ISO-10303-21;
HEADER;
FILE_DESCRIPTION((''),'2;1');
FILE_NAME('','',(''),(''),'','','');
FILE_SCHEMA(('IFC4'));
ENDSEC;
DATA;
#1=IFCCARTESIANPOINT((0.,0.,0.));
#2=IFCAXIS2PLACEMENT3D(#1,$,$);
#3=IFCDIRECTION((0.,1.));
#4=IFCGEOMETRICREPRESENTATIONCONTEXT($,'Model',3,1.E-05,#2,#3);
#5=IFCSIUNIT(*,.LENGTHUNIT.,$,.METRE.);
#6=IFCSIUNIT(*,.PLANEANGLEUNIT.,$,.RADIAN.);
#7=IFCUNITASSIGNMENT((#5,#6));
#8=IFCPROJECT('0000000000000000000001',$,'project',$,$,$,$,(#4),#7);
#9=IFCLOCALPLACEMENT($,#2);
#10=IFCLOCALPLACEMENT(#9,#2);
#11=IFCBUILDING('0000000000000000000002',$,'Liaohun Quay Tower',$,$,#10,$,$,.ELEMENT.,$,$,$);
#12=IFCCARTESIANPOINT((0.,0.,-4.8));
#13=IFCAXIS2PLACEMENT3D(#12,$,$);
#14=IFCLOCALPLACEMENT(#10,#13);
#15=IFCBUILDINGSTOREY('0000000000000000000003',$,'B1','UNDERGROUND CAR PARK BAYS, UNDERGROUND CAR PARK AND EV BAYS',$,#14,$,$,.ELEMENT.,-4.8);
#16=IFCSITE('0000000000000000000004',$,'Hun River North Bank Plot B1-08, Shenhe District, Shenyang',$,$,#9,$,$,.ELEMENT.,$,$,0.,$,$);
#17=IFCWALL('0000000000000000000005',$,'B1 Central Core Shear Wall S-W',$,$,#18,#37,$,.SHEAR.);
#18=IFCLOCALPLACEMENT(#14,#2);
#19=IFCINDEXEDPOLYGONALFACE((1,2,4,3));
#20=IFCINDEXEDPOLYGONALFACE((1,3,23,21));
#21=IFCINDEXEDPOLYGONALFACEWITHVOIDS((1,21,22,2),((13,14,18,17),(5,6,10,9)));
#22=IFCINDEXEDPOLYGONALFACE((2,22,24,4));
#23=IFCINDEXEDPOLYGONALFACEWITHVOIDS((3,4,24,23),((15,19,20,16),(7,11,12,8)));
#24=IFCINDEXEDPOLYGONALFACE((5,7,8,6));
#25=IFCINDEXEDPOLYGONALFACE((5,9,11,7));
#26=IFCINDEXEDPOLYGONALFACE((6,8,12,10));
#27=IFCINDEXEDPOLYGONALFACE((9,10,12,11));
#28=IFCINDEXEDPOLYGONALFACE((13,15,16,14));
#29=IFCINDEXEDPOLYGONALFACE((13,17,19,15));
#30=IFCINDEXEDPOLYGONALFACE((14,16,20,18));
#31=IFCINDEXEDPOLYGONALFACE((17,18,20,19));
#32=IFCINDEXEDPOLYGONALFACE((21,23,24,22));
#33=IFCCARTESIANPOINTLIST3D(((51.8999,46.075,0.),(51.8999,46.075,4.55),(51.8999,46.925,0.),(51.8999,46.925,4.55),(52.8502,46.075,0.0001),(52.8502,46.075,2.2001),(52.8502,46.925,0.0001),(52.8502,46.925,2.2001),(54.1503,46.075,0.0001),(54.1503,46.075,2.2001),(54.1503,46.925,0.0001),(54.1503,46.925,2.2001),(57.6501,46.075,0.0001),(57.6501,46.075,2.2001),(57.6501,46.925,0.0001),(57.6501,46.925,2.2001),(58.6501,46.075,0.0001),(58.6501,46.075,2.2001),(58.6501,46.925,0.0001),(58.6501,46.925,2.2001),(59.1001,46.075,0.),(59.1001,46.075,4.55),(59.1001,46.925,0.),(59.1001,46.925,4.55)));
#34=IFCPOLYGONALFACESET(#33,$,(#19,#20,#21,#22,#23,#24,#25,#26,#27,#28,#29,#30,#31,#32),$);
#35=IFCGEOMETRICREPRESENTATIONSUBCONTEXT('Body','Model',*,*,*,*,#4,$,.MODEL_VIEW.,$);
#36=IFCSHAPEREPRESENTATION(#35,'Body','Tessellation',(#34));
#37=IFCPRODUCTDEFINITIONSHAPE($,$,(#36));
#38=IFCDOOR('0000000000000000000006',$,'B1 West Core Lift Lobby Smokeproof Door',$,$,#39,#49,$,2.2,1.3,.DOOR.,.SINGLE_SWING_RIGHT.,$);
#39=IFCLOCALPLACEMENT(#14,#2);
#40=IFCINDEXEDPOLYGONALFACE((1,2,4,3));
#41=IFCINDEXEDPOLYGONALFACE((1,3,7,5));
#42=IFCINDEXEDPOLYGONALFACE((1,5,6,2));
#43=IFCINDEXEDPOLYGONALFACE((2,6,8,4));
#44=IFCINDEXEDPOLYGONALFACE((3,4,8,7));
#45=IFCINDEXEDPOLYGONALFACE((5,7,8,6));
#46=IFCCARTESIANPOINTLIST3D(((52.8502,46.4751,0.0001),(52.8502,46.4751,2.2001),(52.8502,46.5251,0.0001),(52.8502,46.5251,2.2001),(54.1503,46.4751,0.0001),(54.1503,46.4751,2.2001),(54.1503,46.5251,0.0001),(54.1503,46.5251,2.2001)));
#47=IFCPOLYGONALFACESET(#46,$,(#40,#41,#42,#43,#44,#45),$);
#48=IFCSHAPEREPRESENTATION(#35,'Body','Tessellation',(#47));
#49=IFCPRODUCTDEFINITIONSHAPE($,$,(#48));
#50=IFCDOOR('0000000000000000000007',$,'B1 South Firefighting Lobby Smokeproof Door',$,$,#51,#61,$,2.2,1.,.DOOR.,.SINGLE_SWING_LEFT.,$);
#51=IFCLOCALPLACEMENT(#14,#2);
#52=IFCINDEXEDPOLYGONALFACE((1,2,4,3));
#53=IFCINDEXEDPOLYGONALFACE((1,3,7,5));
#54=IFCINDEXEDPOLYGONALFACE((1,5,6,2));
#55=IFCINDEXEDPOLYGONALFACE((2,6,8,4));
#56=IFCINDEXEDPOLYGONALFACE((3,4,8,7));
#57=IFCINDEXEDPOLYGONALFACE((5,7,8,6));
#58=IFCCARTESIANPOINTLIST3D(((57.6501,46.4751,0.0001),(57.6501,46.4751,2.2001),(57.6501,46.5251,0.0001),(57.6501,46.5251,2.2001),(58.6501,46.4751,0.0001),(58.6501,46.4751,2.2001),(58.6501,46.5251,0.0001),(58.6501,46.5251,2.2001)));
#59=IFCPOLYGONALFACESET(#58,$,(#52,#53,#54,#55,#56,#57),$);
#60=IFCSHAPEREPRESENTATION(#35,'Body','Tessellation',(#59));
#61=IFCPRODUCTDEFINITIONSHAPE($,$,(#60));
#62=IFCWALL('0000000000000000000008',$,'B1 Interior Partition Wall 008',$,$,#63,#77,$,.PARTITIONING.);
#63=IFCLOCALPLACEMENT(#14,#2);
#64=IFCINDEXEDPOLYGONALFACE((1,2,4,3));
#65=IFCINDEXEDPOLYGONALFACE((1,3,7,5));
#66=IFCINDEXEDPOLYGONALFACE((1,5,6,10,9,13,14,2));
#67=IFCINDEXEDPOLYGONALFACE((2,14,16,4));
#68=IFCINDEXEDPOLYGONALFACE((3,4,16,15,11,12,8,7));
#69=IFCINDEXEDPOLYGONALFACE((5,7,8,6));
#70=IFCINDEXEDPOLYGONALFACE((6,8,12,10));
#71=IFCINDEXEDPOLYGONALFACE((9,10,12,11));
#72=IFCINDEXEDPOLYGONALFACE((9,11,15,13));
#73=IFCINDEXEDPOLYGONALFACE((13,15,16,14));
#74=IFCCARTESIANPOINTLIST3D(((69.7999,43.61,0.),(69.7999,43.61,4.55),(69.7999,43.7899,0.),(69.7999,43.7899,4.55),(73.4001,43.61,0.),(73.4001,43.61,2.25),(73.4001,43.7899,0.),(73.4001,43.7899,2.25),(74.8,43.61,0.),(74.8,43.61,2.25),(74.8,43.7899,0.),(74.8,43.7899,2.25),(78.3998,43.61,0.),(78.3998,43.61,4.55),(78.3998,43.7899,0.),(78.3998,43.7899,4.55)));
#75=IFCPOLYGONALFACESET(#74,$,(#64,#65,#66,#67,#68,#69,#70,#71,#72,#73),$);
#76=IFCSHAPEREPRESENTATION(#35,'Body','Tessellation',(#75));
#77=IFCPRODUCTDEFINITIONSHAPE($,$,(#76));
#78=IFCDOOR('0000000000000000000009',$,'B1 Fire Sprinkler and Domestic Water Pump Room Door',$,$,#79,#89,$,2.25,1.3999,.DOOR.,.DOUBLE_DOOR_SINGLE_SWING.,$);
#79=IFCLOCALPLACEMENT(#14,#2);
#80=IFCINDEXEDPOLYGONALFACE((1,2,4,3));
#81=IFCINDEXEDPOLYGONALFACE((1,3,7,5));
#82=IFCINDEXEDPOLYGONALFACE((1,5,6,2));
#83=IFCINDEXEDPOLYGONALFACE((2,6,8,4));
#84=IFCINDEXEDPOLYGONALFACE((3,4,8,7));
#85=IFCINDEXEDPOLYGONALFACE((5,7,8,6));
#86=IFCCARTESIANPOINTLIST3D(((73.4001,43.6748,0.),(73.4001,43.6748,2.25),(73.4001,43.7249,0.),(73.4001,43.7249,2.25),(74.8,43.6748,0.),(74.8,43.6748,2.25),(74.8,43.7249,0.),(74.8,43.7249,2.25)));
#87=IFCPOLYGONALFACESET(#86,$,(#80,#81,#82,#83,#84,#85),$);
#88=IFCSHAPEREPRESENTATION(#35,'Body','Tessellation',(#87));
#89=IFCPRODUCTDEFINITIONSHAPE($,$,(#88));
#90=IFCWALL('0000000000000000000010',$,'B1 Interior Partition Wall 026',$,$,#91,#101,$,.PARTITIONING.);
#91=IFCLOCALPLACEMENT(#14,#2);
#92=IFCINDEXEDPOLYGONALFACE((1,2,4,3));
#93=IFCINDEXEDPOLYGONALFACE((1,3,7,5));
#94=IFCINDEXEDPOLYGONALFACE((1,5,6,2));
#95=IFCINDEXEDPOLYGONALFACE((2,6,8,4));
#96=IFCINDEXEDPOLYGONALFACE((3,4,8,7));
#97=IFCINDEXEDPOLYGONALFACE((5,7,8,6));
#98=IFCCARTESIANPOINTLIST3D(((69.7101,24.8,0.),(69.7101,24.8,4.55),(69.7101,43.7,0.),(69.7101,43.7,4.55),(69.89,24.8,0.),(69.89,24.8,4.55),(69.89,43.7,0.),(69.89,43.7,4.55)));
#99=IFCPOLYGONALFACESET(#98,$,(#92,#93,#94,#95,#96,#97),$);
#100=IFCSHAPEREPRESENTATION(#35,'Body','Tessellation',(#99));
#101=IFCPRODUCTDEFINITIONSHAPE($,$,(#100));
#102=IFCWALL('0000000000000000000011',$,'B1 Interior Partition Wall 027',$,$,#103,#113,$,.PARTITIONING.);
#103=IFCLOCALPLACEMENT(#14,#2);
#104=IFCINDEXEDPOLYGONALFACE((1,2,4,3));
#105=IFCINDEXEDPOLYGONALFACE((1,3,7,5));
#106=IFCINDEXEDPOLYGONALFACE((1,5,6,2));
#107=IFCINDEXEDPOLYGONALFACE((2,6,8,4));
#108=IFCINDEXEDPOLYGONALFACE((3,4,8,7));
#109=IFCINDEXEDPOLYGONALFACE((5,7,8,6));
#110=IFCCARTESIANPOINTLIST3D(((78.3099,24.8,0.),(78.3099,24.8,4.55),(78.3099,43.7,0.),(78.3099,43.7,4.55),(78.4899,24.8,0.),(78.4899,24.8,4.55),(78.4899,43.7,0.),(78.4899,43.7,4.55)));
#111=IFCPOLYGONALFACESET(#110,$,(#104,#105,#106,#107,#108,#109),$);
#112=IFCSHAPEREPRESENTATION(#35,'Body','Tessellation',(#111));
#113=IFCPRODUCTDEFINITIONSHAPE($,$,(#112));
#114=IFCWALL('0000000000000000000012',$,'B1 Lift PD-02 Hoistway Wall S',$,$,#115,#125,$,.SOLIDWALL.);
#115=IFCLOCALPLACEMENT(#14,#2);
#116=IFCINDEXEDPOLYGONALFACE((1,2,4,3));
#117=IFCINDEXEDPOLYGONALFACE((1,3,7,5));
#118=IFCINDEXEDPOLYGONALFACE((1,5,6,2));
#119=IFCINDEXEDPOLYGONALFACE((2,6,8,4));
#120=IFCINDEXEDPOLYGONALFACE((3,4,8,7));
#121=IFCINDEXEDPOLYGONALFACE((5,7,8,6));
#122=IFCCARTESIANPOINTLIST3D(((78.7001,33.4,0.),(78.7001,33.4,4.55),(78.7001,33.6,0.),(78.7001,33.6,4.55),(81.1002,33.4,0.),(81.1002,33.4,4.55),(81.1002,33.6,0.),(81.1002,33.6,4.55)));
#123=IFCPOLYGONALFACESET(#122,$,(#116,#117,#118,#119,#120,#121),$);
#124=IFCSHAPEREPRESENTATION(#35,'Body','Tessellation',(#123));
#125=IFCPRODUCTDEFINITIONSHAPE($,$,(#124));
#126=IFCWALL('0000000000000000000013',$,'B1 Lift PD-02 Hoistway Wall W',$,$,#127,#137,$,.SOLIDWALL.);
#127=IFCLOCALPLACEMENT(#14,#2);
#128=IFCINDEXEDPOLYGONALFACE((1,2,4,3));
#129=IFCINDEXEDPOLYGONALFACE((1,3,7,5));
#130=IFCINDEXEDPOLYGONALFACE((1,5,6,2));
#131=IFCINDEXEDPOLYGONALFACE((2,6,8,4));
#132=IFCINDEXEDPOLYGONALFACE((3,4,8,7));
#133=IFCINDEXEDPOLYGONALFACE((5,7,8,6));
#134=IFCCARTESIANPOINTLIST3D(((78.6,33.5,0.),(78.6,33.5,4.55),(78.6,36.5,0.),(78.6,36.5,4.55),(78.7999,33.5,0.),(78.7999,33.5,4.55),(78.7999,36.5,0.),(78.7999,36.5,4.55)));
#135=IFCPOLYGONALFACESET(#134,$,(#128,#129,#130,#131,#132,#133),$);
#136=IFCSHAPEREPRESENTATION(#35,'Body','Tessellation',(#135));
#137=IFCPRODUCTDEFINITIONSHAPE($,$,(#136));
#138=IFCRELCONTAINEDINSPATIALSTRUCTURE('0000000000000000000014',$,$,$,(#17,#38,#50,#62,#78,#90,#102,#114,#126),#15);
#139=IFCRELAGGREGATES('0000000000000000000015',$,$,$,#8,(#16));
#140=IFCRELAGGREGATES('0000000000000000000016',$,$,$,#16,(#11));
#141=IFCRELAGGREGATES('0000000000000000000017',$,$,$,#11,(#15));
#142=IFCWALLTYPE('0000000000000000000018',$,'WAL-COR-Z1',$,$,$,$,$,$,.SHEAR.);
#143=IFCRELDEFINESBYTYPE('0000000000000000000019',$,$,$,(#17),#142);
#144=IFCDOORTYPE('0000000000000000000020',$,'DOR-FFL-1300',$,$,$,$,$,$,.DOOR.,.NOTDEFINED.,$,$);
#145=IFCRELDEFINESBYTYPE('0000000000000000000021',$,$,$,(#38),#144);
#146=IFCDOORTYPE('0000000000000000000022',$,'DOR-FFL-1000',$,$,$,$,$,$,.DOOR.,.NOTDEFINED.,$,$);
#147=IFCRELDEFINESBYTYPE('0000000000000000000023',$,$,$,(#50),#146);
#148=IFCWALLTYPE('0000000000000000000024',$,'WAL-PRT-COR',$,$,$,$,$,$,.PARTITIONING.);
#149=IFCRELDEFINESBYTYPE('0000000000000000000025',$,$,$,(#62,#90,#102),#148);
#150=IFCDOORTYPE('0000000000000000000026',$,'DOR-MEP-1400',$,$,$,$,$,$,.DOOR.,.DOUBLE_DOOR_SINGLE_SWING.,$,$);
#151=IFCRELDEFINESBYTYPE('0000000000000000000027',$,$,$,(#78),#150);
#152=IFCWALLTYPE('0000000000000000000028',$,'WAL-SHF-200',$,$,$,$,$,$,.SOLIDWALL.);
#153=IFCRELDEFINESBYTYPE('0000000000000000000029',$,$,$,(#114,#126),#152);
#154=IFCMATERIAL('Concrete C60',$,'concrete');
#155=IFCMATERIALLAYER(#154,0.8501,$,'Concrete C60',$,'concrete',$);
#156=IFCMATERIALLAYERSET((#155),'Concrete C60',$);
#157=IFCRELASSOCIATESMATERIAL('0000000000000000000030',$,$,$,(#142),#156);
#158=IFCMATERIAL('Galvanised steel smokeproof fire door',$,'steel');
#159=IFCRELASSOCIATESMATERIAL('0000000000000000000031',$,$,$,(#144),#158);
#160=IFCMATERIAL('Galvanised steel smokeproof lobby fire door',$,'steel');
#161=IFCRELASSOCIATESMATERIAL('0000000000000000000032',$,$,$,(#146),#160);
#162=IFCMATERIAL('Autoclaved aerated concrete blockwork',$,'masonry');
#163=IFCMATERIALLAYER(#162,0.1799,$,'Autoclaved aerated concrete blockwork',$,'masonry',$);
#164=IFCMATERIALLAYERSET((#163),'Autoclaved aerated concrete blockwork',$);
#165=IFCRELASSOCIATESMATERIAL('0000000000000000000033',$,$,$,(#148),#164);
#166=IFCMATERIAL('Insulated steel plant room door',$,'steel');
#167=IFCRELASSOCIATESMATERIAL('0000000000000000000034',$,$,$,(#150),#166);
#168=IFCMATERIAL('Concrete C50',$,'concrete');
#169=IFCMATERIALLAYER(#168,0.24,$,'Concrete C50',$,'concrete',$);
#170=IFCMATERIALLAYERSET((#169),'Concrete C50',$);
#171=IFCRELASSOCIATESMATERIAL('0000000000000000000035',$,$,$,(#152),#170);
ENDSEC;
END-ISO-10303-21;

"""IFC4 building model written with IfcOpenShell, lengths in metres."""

from ifc_helpers import new_model, si_unit, direction, frame, frame_2d, origin, place, context, subcontext, project, spatial, rectangle, extrude, source, transform, mapped, material, layer, layer_set, type_object, element, fill, save


model = new_model("IFC4")

# Units and contexts
model_context = context("Model", 3, precision=1e-05, world=origin(), true_north=direction((0.0, 1.0)))
body_context = subcontext(model_context, "Body", "Model", "MODEL_VIEW")
ifc_project = project(units=[si_unit("LENGTHUNIT", "METRE"), si_unit("PLANEANGLEUNIT", "RADIAN")], contexts=[model_context])

# Site, building, storey
site_placement = place(None, origin())
site = spatial("IfcSite", under=ifc_project, at=site_placement, Name="Hun River North Bank Plot B1-08, Shenhe District, Shenyang", CompositionType="ELEMENT", RefElevation=0.0)
building_placement = place(site_placement, origin())
building = spatial("IfcBuilding", under=site, at=building_placement, Name="Liaohun Quay Tower", CompositionType="ELEMENT")
storey_placement = place(building_placement, frame((0.0, 0.0, -4.8)))
storey = spatial("IfcBuildingStorey", under=building, at=storey_placement, Name="B1", Description="UNDERGROUND CAR PARK BAYS, UNDERGROUND CAR PARK AND EV BAYS", CompositionType="ELEMENT", Elevation=-4.8)

# Shared definitions
ifc_material_1 = material(Name="Concrete C60", Category="concrete")

# Shared definitions
ifc_material_2 = material(Name="Concrete C50", Category="concrete")

# Shared definitions
ifc_layer_1 = layer(ifc_material_1, 0.8501, Name="Concrete C60", Category="concrete")
ifc_layer_set_1 = layer_set([ifc_layer_1], Name="Concrete C60")
wall_type_1 = type_object("IfcWallType", Name="WAL-COR-Z1", PredefinedType="SHEAR", material=ifc_layer_set_1)
shared_shape_1 = source(origin(), body_context, "Body", "SweptSolid", [
    extrude(rectangle(XDim=1.3, YDim=2.2, at=frame_2d((0.6499, 1.1001))), frame((0.0, 0.4351, 0.0), z_axis=(0.0, -1.0, 0.0), x_axis=(1.0, 0.0, 0.0)), (0.0, 0.0, 1.0), 0.8701),
])
ifc_material_3 = material(Name="Galvanised steel smokeproof fire door", Category="steel")
door_type_1 = type_object("IfcDoorType", Name="DOR-FFL-1300", OperationType="NOTDEFINED", PredefinedType="DOOR", material=ifc_material_3)
shared_shape_2 = source(origin(), body_context, "Body", "SweptSolid", [
    extrude(rectangle(XDim=1.3, YDim=2.2, at=frame_2d((0.6499, 1.1001))), frame((0.0, 0.0249, 0.0), z_axis=(0.0, -1.0, 0.0), x_axis=(1.0, 0.0, 0.0)), (0.0, 0.0, 1.0), 0.05),
])

# Wall, openings, doors
wall_1_placement = place(storey_placement, frame((59.1001, 46.5, 0.0), z_axis=(0.0, 0.0, 1.0), x_axis=(-1.0, 0.0, 0.0)))
wall_1 = element("IfcWall", 1, at=wall_1_placement, inside=storey, type_object=wall_type_1, Name="B1 Central Core Shear Wall S-W", PredefinedType="SHEAR", context=body_context, shape_type="SweptSolid", body=[
    extrude(rectangle(XDim=7.2002, YDim=0.8501, at=frame_2d((3.6001, 0.0))), origin(), (0.0, 0.0, 1.0), 4.55),
])
opening_1_placement = place(wall_1_placement, frame((4.95, 0.0, 0.0)))
opening_1 = element("IfcOpeningElement", 2, at=opening_1_placement, cuts=wall_1, PredefinedType="OPENING", context=body_context, shape_type="MappedRepresentation", body=[
    mapped(shared_shape_1, transform((0.0, 0.0, 0.0), x_axis=(1.0, 0.0, 0.0), y_axis=(0.0, 1.0, 0.0), z_axis=(0.0, 0.0, 1.0), scale=1.0)),
])
shared_shape_3 = source(origin(), body_context, "Body", "SweptSolid", [
    extrude(rectangle(XDim=1.0, YDim=2.2, at=frame_2d((0.5, 1.1001))), frame((0.0, 0.4351, 0.0), z_axis=(0.0, -1.0, 0.0), x_axis=(1.0, 0.0, 0.0)), (0.0, 0.0, 1.0), 0.8701),
])
opening_2_placement = place(wall_1_placement, frame((0.45, 0.0, 0.0)))
opening_2 = element("IfcOpeningElement", 3, at=opening_2_placement, cuts=wall_1, PredefinedType="OPENING", context=body_context, shape_type="MappedRepresentation", body=[
    mapped(shared_shape_3, transform((0.0, 0.0, 0.0), x_axis=(1.0, 0.0, 0.0), y_axis=(0.0, 1.0, 0.0), z_axis=(0.0, 0.0, 1.0), scale=1.0)),
])
door_1_placement = place(opening_1_placement, origin())
door_1 = element("IfcDoor", 4, at=door_1_placement, inside=storey, type_object=door_type_1, Name="B1 West Core Lift Lobby Smokeproof Door", OperationType="SINGLE_SWING_RIGHT", OverallHeight=2.2, OverallWidth=1.3, PredefinedType="DOOR", context=body_context, shape_type="MappedRepresentation", body=[
    mapped(shared_shape_2, transform((0.0, 0.0, 0.0), x_axis=(1.0, 0.0, 0.0), y_axis=(0.0, 1.0, 0.0), z_axis=(0.0, 0.0, 1.0), scale=1.0)),
])
fill(opening_1, door_1)
ifc_material_4 = material(Name="Galvanised steel smokeproof lobby fire door", Category="steel")
door_type_2 = type_object("IfcDoorType", Name="DOR-FFL-1000", OperationType="NOTDEFINED", PredefinedType="DOOR", material=ifc_material_4)
shared_shape_4 = source(origin(), body_context, "Body", "SweptSolid", [
    extrude(rectangle(XDim=1.0, YDim=2.2, at=frame_2d((0.5, 1.1001))), frame((0.0, 0.0249, 0.0), z_axis=(0.0, -1.0, 0.0), x_axis=(1.0, 0.0, 0.0)), (0.0, 0.0, 1.0), 0.05),
])
door_2_placement = place(opening_2_placement, origin())
door_2 = element("IfcDoor", 5, at=door_2_placement, inside=storey, type_object=door_type_2, Name="B1 South Firefighting Lobby Smokeproof Door", OperationType="SINGLE_SWING_LEFT", OverallHeight=2.2, OverallWidth=1.0, PredefinedType="DOOR", context=body_context, shape_type="MappedRepresentation", body=[
    mapped(shared_shape_4, transform((0.0, 0.0, 0.0), x_axis=(1.0, 0.0, 0.0), y_axis=(0.0, 1.0, 0.0), z_axis=(0.0, 0.0, 1.0), scale=1.0)),
])
fill(opening_2, door_2)

# Wall, opening, door
ifc_material_5 = material(Name="Autoclaved aerated concrete blockwork", Category="masonry")
ifc_layer_2 = layer(ifc_material_5, 0.1799, Name="Autoclaved aerated concrete blockwork", Category="masonry")
ifc_layer_set_2 = layer_set([ifc_layer_2], Name="Autoclaved aerated concrete blockwork")
wall_type_2 = type_object("IfcWallType", Name="WAL-PRT-COR", PredefinedType="PARTITIONING", material=ifc_layer_set_2)
wall_2_placement = place(storey_placement, frame((69.8, 43.7, 0.0), z_axis=(0.0, 0.0, 1.0), x_axis=(1.0, 0.0, 0.0)))
wall_2 = element("IfcWall", 6, at=wall_2_placement, inside=storey, type_object=wall_type_2, Name="B1 Interior Partition Wall 008", PredefinedType="PARTITIONING", context=body_context, shape_type="SweptSolid", body=[
    extrude(rectangle(XDim=8.5999, YDim=0.1799, at=frame_2d((4.2998, 0.0))), origin(), (0.0, 0.0, 1.0), 4.55),
])
shared_shape_5 = source(origin(), body_context, "Body", "SweptSolid", [
    extrude(rectangle(XDim=1.3999, YDim=2.25, at=frame_2d((0.7, 1.125))), frame((0.0, 0.0999, 0.0), z_axis=(0.0, -1.0, 0.0), x_axis=(1.0, 0.0, 0.0)), (0.0, 0.0, 1.0), 0.2),
])
opening_3_placement = place(wall_2_placement, frame((3.6001, 0.0, 0.0)))
opening_3 = element("IfcOpeningElement", 7, at=opening_3_placement, cuts=wall_2, PredefinedType="OPENING", context=body_context, shape_type="MappedRepresentation", body=[
    mapped(shared_shape_5, transform((0.0, 0.0, 0.0), x_axis=(1.0, 0.0, 0.0), y_axis=(0.0, 1.0, 0.0), z_axis=(0.0, 0.0, 1.0), scale=1.0)),
])
ifc_material_6 = material(Name="Insulated steel plant room door", Category="steel")
door_type_3 = type_object("IfcDoorType", Name="DOR-MEP-1400", OperationType="DOUBLE_DOOR_SINGLE_SWING", PredefinedType="DOOR", material=ifc_material_6)
shared_shape_6 = source(origin(), body_context, "Body", "SweptSolid", [
    extrude(rectangle(XDim=1.3999, YDim=2.25, at=frame_2d((0.7, 1.125))), frame((0.0, 0.0249, 0.0), z_axis=(0.0, -1.0, 0.0), x_axis=(1.0, 0.0, 0.0)), (0.0, 0.0, 1.0), 0.05),
])
door_3_placement = place(opening_3_placement, origin())
door_3 = element("IfcDoor", 8, at=door_3_placement, inside=storey, type_object=door_type_3, Name="B1 Fire Sprinkler and Domestic Water Pump Room Door", OperationType="DOUBLE_DOOR_SINGLE_SWING", OverallHeight=2.25, OverallWidth=1.3999, PredefinedType="DOOR", context=body_context, shape_type="MappedRepresentation", body=[
    mapped(shared_shape_6, transform((0.0, 0.0, 0.0), x_axis=(1.0, 0.0, 0.0), y_axis=(0.0, 1.0, 0.0), z_axis=(0.0, 0.0, 1.0), scale=1.0)),
])
fill(opening_3, door_3)

# Walls
for number, where, z_axis, x_axis, name in (
    (9, (69.8, 24.8, 0.0), (0.0, 0.0, 1.0), (0.0, 1.0, 0.0), "B1 Interior Partition Wall 026"),
    (10, (78.3999, 24.8, 0.0), (0.0, 0.0, 1.0), (0.0, 1.0, 0.0), "B1 Interior Partition Wall 027"),
):
    element("IfcWall", number, at=place(storey_placement, frame(where, z_axis=z_axis, x_axis=x_axis)), inside=storey, type_object=wall_type_2, Name=name, PredefinedType="PARTITIONING", context=body_context, shape_type="SweptSolid", body=[
        extrude(rectangle(XDim=18.8999, YDim=0.1799, at=frame_2d((9.45, 0.0))), origin(), (0.0, 0.0, 1.0), 4.55),
    ])
ifc_layer_3 = layer(ifc_material_2, 0.24, Name="Concrete C50", Category="concrete")
ifc_layer_set_3 = layer_set([ifc_layer_3], Name="Concrete C50")
wall_type_3 = type_object("IfcWallType", Name="WAL-SHF-200", PredefinedType="SOLIDWALL", material=ifc_layer_set_3)
wall_3_placement = place(storey_placement, frame((78.7, 33.5, 0.0), z_axis=(0.0, 0.0, 1.0), x_axis=(1.0, 0.0, 0.0)))
element("IfcWall", 11, at=wall_3_placement, inside=storey, type_object=wall_type_3, Name="B1 Lift PD-02 Hoistway Wall S", PredefinedType="SOLIDWALL", context=body_context, shape_type="SweptSolid", body=[
    extrude(rectangle(XDim=2.4001, YDim=0.2, at=frame_2d((1.2002, 0.0))), origin(), (0.0, 0.0, 1.0), 4.55),
])
wall_4_placement = place(storey_placement, frame((78.7, 36.5, 0.0), z_axis=(0.0, 0.0, 1.0), x_axis=(0.0, -1.0, 0.0)))
element("IfcWall", 12, at=wall_4_placement, inside=storey, type_object=wall_type_3, Name="B1 Lift PD-02 Hoistway Wall W", PredefinedType="SOLIDWALL", context=body_context, shape_type="SweptSolid", body=[
    extrude(rectangle(XDim=3.0, YDim=0.2, at=frame_2d((1.5, 0.0))), origin(), (0.0, 0.0, 1.0), 4.55),
])

save(model, "model.ifc")
